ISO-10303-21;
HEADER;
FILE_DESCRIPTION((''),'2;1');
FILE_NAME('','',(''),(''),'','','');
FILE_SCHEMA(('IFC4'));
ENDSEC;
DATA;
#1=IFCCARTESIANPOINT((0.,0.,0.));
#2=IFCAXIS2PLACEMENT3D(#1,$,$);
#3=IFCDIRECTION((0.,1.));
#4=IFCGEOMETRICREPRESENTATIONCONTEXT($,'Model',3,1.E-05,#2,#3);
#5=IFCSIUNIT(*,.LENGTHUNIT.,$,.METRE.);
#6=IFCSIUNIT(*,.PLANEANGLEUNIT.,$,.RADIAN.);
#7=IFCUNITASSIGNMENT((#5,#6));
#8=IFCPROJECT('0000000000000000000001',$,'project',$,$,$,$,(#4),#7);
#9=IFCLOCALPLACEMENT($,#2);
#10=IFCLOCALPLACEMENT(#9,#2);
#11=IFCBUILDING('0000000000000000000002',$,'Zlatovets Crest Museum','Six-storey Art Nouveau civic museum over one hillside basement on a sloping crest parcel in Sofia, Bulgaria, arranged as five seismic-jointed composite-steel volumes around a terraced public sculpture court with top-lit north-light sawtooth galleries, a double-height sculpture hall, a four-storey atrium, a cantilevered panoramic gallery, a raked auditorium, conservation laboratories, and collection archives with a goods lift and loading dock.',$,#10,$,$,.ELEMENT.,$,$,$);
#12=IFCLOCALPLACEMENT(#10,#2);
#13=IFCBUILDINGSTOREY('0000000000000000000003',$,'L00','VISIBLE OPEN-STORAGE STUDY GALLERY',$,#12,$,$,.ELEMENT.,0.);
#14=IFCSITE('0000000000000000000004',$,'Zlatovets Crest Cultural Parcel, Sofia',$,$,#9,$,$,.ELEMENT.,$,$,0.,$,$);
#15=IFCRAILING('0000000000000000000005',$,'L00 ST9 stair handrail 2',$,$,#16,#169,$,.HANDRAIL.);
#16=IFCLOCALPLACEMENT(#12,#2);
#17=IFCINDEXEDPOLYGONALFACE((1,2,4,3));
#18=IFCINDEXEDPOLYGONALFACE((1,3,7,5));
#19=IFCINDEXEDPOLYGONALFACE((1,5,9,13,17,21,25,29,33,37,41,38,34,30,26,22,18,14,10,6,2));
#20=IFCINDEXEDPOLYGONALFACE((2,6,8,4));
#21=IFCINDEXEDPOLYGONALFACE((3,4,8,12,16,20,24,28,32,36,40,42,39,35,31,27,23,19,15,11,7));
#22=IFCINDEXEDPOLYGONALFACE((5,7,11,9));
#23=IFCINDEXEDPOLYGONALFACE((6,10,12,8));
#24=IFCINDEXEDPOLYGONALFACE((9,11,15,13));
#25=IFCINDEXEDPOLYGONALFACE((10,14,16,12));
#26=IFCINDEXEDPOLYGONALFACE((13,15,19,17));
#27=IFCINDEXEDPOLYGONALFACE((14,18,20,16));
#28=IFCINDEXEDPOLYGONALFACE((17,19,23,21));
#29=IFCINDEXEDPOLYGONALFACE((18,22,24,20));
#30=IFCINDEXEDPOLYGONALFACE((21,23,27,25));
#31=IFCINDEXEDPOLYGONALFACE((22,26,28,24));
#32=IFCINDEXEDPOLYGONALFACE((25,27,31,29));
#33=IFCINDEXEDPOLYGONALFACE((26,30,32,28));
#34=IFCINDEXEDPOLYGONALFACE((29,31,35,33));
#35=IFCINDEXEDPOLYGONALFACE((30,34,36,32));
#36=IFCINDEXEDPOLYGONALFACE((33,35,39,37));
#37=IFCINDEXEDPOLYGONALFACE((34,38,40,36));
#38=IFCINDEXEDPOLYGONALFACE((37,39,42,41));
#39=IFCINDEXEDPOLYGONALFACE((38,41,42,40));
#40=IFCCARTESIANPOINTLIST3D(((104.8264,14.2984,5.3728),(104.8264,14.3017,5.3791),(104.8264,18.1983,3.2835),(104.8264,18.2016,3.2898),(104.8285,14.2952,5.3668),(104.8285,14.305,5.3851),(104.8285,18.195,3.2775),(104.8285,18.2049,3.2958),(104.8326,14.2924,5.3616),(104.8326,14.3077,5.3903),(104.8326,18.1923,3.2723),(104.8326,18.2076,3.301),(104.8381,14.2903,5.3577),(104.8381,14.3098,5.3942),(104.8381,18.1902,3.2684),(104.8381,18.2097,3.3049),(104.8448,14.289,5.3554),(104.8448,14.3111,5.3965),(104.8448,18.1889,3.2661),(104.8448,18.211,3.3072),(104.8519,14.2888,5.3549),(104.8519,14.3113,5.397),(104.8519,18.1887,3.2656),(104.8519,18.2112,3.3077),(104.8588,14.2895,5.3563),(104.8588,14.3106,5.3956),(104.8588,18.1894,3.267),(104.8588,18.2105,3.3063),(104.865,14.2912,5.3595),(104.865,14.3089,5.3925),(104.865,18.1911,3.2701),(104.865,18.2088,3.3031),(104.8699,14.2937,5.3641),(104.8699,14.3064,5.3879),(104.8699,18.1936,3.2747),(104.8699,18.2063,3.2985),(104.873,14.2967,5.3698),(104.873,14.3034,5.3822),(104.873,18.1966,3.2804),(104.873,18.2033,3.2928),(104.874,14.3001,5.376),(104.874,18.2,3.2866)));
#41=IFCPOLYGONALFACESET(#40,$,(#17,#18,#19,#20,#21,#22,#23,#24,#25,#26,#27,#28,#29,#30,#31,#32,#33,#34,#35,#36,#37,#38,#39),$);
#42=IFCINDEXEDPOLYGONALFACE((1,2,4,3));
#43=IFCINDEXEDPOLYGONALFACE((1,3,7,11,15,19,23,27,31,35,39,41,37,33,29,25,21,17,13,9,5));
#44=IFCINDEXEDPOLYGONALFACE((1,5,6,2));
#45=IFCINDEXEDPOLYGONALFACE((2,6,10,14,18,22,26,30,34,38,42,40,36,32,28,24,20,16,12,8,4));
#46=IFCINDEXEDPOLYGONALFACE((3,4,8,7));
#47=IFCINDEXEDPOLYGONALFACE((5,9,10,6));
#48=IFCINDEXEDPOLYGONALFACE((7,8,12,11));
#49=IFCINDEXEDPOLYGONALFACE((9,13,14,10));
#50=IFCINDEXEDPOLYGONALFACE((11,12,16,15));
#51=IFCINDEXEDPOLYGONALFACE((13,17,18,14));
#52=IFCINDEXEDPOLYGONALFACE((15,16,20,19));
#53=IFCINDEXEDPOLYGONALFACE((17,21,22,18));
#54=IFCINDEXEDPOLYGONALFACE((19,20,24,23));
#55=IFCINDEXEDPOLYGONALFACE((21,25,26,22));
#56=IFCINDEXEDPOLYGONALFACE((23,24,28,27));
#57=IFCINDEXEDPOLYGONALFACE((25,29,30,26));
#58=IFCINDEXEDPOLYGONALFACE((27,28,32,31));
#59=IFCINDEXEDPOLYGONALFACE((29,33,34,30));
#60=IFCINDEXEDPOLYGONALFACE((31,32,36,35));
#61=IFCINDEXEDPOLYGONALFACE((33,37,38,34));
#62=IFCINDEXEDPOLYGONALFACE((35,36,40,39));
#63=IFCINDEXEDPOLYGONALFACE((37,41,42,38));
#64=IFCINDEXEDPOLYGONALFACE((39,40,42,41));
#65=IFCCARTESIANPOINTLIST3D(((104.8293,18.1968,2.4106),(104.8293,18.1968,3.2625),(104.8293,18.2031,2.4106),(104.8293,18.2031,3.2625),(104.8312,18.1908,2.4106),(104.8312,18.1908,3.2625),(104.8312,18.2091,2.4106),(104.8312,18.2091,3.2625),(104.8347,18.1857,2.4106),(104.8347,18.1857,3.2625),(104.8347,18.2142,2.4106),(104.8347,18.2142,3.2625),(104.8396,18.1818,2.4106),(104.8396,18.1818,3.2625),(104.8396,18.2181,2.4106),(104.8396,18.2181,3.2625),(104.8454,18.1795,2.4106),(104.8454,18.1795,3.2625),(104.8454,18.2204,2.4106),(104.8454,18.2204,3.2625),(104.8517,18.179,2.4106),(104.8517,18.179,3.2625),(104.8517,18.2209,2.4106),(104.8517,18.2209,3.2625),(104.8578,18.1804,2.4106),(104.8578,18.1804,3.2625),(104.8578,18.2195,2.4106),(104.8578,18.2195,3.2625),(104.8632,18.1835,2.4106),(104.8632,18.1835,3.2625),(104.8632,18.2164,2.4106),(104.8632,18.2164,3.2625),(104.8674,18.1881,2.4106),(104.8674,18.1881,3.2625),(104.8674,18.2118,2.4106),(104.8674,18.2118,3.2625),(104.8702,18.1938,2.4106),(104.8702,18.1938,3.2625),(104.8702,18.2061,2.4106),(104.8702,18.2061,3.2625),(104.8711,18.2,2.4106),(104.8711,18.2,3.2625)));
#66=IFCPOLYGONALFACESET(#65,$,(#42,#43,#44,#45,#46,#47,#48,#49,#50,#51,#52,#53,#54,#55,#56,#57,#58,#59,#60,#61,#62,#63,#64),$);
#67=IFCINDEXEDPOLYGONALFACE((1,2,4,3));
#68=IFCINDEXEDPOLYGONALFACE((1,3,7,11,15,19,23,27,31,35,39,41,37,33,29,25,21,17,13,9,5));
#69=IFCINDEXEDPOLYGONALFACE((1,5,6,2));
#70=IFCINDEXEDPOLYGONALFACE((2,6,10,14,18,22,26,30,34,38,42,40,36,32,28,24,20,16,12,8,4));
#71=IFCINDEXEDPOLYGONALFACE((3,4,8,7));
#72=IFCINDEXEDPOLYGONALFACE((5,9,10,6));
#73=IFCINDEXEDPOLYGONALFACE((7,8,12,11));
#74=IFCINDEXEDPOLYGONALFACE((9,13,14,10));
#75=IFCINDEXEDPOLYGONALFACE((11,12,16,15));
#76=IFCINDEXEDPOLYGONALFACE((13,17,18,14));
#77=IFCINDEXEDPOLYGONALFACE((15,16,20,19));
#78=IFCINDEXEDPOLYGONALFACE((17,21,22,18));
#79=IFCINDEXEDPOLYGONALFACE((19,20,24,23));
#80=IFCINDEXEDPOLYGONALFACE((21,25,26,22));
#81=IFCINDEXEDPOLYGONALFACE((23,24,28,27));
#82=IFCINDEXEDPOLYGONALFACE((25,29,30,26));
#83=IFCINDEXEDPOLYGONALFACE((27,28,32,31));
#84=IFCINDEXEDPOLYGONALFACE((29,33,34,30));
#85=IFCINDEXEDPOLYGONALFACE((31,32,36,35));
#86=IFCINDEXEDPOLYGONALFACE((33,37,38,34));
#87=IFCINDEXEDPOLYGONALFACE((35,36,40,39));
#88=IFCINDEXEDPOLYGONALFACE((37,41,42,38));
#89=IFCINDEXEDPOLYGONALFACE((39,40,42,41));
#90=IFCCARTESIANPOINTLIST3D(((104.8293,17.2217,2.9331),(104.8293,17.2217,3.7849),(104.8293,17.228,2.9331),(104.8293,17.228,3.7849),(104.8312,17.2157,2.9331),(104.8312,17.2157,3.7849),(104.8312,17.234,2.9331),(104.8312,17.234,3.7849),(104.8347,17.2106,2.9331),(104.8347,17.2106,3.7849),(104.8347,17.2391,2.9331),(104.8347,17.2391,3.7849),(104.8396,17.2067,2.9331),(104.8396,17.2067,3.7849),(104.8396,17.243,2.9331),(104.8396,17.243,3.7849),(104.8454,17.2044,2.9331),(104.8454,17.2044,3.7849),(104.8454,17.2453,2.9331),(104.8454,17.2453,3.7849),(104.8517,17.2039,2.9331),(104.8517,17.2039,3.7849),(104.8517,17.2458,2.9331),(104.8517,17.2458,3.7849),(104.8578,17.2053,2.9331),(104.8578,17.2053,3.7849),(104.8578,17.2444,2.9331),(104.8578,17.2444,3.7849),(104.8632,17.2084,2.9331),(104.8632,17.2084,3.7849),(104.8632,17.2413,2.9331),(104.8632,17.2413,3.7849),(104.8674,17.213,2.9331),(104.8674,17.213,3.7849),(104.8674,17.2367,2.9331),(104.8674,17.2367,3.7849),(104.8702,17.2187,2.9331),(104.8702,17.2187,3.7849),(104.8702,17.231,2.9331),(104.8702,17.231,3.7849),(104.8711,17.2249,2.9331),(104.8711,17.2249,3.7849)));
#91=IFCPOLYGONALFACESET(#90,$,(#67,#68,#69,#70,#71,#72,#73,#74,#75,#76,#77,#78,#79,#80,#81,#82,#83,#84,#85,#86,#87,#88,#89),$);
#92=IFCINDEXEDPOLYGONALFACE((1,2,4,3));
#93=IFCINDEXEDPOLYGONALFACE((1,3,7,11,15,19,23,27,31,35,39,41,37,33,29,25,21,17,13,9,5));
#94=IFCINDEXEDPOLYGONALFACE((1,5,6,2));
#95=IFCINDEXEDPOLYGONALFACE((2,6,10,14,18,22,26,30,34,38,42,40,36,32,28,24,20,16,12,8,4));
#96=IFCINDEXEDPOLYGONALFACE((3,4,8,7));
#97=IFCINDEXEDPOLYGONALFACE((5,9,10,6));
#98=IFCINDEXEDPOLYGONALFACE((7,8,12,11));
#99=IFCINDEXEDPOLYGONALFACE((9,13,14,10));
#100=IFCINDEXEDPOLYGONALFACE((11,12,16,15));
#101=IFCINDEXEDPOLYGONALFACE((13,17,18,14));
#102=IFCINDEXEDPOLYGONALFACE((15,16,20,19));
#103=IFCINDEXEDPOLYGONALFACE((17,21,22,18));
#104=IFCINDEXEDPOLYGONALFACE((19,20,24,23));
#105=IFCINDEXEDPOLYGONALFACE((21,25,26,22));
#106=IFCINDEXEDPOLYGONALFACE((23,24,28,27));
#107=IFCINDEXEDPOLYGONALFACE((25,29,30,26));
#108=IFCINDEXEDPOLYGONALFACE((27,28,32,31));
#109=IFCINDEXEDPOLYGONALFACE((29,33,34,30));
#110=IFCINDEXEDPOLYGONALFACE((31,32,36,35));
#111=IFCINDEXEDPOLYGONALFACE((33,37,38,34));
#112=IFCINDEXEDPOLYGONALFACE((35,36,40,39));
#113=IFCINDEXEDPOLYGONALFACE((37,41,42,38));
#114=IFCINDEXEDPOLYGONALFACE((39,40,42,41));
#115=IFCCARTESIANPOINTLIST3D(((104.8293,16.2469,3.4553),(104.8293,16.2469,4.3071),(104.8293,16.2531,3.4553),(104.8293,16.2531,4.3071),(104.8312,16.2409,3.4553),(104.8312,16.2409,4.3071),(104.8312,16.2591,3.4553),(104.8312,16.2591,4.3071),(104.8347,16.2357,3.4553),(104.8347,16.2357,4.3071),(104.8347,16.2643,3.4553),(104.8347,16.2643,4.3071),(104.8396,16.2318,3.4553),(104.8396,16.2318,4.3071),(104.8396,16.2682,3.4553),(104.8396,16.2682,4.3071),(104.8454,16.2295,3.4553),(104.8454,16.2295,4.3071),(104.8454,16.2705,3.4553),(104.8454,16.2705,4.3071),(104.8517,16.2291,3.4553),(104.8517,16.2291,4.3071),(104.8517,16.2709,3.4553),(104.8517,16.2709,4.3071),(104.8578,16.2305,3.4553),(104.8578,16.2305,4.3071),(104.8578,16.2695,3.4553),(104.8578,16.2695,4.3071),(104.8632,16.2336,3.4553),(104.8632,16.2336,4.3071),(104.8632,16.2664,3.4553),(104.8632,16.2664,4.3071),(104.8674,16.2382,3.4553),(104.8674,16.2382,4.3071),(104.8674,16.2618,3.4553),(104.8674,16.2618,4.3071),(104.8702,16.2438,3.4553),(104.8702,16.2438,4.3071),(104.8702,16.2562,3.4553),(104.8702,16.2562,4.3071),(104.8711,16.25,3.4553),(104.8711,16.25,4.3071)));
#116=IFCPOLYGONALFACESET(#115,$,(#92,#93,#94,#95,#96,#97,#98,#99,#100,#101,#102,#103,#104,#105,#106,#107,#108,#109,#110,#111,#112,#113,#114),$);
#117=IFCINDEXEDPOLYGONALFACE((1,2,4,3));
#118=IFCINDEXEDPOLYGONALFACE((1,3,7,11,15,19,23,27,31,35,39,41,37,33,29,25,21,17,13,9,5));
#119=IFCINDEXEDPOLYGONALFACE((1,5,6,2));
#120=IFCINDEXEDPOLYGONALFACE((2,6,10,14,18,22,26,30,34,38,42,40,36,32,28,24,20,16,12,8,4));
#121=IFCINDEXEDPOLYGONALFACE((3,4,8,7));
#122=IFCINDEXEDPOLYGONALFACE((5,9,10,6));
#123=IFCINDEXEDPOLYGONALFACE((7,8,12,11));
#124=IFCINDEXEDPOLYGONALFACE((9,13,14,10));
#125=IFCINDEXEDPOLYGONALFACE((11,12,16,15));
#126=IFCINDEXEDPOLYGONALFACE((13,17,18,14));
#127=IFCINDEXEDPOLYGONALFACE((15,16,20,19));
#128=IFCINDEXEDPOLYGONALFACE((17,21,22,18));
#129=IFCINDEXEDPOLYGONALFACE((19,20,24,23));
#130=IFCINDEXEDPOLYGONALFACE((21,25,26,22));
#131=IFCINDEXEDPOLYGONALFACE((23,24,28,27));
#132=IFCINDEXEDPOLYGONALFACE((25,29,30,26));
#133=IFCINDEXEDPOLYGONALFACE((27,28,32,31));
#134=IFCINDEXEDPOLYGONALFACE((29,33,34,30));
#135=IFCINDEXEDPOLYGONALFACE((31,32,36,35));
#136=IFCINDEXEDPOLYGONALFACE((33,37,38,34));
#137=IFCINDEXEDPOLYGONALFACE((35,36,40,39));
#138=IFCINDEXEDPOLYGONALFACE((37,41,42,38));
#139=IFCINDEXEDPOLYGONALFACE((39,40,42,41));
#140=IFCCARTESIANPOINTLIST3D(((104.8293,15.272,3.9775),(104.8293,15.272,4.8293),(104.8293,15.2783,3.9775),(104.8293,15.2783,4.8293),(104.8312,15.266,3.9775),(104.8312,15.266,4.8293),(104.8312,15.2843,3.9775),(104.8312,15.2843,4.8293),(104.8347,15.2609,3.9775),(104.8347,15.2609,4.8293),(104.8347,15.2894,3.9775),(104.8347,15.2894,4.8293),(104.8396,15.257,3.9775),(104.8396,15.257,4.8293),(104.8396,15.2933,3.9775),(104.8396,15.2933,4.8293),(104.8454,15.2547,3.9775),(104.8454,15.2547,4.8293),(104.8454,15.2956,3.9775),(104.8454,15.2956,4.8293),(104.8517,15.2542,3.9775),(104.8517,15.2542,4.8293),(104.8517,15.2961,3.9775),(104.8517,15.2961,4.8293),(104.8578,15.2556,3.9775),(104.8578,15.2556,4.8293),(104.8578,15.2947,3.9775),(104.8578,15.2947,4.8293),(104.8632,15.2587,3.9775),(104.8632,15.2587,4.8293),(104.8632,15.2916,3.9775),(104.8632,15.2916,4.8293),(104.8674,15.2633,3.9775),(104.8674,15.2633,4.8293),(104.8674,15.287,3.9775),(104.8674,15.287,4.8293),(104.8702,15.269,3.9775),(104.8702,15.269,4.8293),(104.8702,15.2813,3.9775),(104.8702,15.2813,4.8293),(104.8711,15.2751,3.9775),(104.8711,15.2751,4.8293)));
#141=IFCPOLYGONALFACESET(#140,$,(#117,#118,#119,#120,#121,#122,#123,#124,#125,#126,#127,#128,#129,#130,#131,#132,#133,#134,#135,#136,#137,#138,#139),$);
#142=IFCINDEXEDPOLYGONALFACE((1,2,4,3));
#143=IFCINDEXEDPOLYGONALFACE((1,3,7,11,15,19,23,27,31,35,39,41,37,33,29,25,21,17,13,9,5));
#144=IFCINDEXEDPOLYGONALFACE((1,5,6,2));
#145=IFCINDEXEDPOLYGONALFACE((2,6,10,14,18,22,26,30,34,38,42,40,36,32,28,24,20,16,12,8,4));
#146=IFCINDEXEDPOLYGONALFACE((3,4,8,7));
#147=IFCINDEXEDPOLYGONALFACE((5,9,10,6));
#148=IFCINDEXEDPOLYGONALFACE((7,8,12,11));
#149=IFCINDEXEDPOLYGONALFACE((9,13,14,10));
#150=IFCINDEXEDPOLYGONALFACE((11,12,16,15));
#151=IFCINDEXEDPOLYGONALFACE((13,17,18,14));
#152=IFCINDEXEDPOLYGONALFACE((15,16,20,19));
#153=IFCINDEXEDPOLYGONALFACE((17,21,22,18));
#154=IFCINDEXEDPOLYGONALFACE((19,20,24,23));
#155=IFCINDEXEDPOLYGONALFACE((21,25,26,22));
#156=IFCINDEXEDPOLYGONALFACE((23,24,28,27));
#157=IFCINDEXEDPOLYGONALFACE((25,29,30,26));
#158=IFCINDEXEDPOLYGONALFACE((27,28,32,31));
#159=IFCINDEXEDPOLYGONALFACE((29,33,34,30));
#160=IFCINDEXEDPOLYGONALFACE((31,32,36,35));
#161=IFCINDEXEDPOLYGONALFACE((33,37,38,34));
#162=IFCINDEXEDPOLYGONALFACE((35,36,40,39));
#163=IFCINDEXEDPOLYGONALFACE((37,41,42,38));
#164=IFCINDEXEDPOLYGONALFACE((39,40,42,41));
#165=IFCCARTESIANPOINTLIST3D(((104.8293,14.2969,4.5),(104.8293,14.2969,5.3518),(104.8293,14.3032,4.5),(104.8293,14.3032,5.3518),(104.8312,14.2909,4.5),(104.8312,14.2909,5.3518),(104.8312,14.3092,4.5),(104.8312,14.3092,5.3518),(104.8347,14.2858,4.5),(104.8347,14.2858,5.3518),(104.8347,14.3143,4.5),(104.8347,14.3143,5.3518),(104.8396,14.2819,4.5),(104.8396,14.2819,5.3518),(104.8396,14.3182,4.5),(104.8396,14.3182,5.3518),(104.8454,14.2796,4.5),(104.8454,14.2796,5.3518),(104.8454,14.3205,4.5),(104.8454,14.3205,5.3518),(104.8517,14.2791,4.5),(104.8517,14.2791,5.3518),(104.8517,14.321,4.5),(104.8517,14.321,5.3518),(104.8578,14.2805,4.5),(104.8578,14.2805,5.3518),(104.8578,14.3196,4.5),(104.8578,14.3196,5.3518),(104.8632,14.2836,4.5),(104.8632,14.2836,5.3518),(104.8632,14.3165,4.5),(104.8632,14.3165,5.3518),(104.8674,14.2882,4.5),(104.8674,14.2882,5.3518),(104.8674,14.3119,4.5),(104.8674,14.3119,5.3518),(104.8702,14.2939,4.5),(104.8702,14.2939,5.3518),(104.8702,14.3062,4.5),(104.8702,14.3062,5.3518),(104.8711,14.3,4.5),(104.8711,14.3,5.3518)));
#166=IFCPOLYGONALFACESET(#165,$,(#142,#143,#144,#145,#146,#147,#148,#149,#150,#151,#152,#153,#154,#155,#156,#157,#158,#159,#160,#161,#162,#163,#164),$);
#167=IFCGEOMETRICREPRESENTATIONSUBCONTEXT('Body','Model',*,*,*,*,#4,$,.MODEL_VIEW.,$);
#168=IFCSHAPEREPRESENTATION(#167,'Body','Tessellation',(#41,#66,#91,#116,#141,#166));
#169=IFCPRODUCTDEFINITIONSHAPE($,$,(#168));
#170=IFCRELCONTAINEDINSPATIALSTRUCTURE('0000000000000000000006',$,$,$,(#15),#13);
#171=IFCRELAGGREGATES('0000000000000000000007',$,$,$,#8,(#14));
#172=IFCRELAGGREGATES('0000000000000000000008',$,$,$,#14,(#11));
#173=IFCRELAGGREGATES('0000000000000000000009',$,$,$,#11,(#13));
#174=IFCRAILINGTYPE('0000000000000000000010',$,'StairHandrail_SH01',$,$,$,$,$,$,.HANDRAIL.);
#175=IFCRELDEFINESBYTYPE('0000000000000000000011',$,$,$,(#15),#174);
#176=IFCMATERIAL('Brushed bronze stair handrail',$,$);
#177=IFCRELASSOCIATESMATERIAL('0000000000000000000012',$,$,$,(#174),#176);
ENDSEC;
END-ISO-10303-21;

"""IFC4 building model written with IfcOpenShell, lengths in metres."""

from ifc_helpers import new_model, si_unit, direction, frame, origin, origin_2d, place, context, subcontext, project, spatial, circle, extrude, material, type_object, element, save


model = new_model("IFC4")

# Units and contexts
model_context = context("Model", 3, precision=1e-05, world=origin(), true_north=direction((0.0, 1.0)))
body_context = subcontext(model_context, "Body", "Model", "MODEL_VIEW")
ifc_project = project(units=[si_unit("LENGTHUNIT", "METRE"), si_unit("PLANEANGLEUNIT", "RADIAN")], contexts=[model_context])

# Site, building, storey
site_placement = place(None, origin())
site = spatial("IfcSite", under=ifc_project, at=site_placement, Name="Zlatovets Crest Cultural Parcel, Sofia", CompositionType="ELEMENT", RefElevation=0.0)
building_placement = place(site_placement, origin())
building = spatial("IfcBuilding", under=site, at=building_placement, Name="Zlatovets Crest Museum", Description="Six-storey Art Nouveau civic museum over one hillside basement on a sloping crest parcel in Sofia, Bulgaria, arranged as five seismic-jointed composite-steel volumes around a terraced public sculpture court with top-lit north-light sawtooth galleries, a double-height sculpture hall, a four-storey atrium, a cantilevered panoramic gallery, a raked auditorium, conservation laboratories, and collection archives with a goods lift and loading dock.", CompositionType="ELEMENT")
storey_placement = place(building_placement, origin())
storey = spatial("IfcBuildingStorey", under=building, at=storey_placement, Name="L00", Description="VISIBLE OPEN-STORAGE STUDY GALLERY", CompositionType="ELEMENT", Elevation=0.0)

# Railing
ifc_material_1 = material(Name="Brushed bronze stair handrail")
railing_type_1 = type_object("IfcRailingType", Name="StairHandrail_SH01", PredefinedType="HANDRAIL", material=ifc_material_1)
railing_1_placement = place(storey_placement, frame((104.8501, 18.2, 2.4106)))
element("IfcRailing", 1, at=railing_1_placement, inside=storey, type_object=railing_type_1, Name="L00 ST9 stair handrail 2", PredefinedType="HANDRAIL", context=body_context, shape_type="SweptSolid", body=[
    extrude(circle(Radius=0.0239, at=origin_2d()), frame((0.0, 0.0, 0.876), z_axis=(0.0, -0.881468, 0.472243), x_axis=(1.0, 0.0, 0.0)), (0.0, 0.0, 1.0), 4.4243),
    extrude(circle(Radius=0.021, at=origin_2d()), origin(), (0.0, 0.0, 1.0), 0.8518),
    extrude(circle(Radius=0.021, at=origin_2d()), frame((0.0, -0.9751, 0.5225)), (0.0, 0.0, 1.0), 0.8518),
    extrude(circle(Radius=0.021, at=origin_2d()), frame((0.0, -1.95, 1.0447)), (0.0, 0.0, 1.0), 0.8518),
    extrude(circle(Radius=0.021, at=origin_2d()), frame((0.0, -2.9248, 1.5669)), (0.0, 0.0, 1.0), 0.8518),
    extrude(circle(Radius=0.021, at=origin_2d()), frame((0.0, -3.8999, 2.0894)), (0.0, 0.0, 1.0), 0.8518),
])

save(model, "model.ifc")
